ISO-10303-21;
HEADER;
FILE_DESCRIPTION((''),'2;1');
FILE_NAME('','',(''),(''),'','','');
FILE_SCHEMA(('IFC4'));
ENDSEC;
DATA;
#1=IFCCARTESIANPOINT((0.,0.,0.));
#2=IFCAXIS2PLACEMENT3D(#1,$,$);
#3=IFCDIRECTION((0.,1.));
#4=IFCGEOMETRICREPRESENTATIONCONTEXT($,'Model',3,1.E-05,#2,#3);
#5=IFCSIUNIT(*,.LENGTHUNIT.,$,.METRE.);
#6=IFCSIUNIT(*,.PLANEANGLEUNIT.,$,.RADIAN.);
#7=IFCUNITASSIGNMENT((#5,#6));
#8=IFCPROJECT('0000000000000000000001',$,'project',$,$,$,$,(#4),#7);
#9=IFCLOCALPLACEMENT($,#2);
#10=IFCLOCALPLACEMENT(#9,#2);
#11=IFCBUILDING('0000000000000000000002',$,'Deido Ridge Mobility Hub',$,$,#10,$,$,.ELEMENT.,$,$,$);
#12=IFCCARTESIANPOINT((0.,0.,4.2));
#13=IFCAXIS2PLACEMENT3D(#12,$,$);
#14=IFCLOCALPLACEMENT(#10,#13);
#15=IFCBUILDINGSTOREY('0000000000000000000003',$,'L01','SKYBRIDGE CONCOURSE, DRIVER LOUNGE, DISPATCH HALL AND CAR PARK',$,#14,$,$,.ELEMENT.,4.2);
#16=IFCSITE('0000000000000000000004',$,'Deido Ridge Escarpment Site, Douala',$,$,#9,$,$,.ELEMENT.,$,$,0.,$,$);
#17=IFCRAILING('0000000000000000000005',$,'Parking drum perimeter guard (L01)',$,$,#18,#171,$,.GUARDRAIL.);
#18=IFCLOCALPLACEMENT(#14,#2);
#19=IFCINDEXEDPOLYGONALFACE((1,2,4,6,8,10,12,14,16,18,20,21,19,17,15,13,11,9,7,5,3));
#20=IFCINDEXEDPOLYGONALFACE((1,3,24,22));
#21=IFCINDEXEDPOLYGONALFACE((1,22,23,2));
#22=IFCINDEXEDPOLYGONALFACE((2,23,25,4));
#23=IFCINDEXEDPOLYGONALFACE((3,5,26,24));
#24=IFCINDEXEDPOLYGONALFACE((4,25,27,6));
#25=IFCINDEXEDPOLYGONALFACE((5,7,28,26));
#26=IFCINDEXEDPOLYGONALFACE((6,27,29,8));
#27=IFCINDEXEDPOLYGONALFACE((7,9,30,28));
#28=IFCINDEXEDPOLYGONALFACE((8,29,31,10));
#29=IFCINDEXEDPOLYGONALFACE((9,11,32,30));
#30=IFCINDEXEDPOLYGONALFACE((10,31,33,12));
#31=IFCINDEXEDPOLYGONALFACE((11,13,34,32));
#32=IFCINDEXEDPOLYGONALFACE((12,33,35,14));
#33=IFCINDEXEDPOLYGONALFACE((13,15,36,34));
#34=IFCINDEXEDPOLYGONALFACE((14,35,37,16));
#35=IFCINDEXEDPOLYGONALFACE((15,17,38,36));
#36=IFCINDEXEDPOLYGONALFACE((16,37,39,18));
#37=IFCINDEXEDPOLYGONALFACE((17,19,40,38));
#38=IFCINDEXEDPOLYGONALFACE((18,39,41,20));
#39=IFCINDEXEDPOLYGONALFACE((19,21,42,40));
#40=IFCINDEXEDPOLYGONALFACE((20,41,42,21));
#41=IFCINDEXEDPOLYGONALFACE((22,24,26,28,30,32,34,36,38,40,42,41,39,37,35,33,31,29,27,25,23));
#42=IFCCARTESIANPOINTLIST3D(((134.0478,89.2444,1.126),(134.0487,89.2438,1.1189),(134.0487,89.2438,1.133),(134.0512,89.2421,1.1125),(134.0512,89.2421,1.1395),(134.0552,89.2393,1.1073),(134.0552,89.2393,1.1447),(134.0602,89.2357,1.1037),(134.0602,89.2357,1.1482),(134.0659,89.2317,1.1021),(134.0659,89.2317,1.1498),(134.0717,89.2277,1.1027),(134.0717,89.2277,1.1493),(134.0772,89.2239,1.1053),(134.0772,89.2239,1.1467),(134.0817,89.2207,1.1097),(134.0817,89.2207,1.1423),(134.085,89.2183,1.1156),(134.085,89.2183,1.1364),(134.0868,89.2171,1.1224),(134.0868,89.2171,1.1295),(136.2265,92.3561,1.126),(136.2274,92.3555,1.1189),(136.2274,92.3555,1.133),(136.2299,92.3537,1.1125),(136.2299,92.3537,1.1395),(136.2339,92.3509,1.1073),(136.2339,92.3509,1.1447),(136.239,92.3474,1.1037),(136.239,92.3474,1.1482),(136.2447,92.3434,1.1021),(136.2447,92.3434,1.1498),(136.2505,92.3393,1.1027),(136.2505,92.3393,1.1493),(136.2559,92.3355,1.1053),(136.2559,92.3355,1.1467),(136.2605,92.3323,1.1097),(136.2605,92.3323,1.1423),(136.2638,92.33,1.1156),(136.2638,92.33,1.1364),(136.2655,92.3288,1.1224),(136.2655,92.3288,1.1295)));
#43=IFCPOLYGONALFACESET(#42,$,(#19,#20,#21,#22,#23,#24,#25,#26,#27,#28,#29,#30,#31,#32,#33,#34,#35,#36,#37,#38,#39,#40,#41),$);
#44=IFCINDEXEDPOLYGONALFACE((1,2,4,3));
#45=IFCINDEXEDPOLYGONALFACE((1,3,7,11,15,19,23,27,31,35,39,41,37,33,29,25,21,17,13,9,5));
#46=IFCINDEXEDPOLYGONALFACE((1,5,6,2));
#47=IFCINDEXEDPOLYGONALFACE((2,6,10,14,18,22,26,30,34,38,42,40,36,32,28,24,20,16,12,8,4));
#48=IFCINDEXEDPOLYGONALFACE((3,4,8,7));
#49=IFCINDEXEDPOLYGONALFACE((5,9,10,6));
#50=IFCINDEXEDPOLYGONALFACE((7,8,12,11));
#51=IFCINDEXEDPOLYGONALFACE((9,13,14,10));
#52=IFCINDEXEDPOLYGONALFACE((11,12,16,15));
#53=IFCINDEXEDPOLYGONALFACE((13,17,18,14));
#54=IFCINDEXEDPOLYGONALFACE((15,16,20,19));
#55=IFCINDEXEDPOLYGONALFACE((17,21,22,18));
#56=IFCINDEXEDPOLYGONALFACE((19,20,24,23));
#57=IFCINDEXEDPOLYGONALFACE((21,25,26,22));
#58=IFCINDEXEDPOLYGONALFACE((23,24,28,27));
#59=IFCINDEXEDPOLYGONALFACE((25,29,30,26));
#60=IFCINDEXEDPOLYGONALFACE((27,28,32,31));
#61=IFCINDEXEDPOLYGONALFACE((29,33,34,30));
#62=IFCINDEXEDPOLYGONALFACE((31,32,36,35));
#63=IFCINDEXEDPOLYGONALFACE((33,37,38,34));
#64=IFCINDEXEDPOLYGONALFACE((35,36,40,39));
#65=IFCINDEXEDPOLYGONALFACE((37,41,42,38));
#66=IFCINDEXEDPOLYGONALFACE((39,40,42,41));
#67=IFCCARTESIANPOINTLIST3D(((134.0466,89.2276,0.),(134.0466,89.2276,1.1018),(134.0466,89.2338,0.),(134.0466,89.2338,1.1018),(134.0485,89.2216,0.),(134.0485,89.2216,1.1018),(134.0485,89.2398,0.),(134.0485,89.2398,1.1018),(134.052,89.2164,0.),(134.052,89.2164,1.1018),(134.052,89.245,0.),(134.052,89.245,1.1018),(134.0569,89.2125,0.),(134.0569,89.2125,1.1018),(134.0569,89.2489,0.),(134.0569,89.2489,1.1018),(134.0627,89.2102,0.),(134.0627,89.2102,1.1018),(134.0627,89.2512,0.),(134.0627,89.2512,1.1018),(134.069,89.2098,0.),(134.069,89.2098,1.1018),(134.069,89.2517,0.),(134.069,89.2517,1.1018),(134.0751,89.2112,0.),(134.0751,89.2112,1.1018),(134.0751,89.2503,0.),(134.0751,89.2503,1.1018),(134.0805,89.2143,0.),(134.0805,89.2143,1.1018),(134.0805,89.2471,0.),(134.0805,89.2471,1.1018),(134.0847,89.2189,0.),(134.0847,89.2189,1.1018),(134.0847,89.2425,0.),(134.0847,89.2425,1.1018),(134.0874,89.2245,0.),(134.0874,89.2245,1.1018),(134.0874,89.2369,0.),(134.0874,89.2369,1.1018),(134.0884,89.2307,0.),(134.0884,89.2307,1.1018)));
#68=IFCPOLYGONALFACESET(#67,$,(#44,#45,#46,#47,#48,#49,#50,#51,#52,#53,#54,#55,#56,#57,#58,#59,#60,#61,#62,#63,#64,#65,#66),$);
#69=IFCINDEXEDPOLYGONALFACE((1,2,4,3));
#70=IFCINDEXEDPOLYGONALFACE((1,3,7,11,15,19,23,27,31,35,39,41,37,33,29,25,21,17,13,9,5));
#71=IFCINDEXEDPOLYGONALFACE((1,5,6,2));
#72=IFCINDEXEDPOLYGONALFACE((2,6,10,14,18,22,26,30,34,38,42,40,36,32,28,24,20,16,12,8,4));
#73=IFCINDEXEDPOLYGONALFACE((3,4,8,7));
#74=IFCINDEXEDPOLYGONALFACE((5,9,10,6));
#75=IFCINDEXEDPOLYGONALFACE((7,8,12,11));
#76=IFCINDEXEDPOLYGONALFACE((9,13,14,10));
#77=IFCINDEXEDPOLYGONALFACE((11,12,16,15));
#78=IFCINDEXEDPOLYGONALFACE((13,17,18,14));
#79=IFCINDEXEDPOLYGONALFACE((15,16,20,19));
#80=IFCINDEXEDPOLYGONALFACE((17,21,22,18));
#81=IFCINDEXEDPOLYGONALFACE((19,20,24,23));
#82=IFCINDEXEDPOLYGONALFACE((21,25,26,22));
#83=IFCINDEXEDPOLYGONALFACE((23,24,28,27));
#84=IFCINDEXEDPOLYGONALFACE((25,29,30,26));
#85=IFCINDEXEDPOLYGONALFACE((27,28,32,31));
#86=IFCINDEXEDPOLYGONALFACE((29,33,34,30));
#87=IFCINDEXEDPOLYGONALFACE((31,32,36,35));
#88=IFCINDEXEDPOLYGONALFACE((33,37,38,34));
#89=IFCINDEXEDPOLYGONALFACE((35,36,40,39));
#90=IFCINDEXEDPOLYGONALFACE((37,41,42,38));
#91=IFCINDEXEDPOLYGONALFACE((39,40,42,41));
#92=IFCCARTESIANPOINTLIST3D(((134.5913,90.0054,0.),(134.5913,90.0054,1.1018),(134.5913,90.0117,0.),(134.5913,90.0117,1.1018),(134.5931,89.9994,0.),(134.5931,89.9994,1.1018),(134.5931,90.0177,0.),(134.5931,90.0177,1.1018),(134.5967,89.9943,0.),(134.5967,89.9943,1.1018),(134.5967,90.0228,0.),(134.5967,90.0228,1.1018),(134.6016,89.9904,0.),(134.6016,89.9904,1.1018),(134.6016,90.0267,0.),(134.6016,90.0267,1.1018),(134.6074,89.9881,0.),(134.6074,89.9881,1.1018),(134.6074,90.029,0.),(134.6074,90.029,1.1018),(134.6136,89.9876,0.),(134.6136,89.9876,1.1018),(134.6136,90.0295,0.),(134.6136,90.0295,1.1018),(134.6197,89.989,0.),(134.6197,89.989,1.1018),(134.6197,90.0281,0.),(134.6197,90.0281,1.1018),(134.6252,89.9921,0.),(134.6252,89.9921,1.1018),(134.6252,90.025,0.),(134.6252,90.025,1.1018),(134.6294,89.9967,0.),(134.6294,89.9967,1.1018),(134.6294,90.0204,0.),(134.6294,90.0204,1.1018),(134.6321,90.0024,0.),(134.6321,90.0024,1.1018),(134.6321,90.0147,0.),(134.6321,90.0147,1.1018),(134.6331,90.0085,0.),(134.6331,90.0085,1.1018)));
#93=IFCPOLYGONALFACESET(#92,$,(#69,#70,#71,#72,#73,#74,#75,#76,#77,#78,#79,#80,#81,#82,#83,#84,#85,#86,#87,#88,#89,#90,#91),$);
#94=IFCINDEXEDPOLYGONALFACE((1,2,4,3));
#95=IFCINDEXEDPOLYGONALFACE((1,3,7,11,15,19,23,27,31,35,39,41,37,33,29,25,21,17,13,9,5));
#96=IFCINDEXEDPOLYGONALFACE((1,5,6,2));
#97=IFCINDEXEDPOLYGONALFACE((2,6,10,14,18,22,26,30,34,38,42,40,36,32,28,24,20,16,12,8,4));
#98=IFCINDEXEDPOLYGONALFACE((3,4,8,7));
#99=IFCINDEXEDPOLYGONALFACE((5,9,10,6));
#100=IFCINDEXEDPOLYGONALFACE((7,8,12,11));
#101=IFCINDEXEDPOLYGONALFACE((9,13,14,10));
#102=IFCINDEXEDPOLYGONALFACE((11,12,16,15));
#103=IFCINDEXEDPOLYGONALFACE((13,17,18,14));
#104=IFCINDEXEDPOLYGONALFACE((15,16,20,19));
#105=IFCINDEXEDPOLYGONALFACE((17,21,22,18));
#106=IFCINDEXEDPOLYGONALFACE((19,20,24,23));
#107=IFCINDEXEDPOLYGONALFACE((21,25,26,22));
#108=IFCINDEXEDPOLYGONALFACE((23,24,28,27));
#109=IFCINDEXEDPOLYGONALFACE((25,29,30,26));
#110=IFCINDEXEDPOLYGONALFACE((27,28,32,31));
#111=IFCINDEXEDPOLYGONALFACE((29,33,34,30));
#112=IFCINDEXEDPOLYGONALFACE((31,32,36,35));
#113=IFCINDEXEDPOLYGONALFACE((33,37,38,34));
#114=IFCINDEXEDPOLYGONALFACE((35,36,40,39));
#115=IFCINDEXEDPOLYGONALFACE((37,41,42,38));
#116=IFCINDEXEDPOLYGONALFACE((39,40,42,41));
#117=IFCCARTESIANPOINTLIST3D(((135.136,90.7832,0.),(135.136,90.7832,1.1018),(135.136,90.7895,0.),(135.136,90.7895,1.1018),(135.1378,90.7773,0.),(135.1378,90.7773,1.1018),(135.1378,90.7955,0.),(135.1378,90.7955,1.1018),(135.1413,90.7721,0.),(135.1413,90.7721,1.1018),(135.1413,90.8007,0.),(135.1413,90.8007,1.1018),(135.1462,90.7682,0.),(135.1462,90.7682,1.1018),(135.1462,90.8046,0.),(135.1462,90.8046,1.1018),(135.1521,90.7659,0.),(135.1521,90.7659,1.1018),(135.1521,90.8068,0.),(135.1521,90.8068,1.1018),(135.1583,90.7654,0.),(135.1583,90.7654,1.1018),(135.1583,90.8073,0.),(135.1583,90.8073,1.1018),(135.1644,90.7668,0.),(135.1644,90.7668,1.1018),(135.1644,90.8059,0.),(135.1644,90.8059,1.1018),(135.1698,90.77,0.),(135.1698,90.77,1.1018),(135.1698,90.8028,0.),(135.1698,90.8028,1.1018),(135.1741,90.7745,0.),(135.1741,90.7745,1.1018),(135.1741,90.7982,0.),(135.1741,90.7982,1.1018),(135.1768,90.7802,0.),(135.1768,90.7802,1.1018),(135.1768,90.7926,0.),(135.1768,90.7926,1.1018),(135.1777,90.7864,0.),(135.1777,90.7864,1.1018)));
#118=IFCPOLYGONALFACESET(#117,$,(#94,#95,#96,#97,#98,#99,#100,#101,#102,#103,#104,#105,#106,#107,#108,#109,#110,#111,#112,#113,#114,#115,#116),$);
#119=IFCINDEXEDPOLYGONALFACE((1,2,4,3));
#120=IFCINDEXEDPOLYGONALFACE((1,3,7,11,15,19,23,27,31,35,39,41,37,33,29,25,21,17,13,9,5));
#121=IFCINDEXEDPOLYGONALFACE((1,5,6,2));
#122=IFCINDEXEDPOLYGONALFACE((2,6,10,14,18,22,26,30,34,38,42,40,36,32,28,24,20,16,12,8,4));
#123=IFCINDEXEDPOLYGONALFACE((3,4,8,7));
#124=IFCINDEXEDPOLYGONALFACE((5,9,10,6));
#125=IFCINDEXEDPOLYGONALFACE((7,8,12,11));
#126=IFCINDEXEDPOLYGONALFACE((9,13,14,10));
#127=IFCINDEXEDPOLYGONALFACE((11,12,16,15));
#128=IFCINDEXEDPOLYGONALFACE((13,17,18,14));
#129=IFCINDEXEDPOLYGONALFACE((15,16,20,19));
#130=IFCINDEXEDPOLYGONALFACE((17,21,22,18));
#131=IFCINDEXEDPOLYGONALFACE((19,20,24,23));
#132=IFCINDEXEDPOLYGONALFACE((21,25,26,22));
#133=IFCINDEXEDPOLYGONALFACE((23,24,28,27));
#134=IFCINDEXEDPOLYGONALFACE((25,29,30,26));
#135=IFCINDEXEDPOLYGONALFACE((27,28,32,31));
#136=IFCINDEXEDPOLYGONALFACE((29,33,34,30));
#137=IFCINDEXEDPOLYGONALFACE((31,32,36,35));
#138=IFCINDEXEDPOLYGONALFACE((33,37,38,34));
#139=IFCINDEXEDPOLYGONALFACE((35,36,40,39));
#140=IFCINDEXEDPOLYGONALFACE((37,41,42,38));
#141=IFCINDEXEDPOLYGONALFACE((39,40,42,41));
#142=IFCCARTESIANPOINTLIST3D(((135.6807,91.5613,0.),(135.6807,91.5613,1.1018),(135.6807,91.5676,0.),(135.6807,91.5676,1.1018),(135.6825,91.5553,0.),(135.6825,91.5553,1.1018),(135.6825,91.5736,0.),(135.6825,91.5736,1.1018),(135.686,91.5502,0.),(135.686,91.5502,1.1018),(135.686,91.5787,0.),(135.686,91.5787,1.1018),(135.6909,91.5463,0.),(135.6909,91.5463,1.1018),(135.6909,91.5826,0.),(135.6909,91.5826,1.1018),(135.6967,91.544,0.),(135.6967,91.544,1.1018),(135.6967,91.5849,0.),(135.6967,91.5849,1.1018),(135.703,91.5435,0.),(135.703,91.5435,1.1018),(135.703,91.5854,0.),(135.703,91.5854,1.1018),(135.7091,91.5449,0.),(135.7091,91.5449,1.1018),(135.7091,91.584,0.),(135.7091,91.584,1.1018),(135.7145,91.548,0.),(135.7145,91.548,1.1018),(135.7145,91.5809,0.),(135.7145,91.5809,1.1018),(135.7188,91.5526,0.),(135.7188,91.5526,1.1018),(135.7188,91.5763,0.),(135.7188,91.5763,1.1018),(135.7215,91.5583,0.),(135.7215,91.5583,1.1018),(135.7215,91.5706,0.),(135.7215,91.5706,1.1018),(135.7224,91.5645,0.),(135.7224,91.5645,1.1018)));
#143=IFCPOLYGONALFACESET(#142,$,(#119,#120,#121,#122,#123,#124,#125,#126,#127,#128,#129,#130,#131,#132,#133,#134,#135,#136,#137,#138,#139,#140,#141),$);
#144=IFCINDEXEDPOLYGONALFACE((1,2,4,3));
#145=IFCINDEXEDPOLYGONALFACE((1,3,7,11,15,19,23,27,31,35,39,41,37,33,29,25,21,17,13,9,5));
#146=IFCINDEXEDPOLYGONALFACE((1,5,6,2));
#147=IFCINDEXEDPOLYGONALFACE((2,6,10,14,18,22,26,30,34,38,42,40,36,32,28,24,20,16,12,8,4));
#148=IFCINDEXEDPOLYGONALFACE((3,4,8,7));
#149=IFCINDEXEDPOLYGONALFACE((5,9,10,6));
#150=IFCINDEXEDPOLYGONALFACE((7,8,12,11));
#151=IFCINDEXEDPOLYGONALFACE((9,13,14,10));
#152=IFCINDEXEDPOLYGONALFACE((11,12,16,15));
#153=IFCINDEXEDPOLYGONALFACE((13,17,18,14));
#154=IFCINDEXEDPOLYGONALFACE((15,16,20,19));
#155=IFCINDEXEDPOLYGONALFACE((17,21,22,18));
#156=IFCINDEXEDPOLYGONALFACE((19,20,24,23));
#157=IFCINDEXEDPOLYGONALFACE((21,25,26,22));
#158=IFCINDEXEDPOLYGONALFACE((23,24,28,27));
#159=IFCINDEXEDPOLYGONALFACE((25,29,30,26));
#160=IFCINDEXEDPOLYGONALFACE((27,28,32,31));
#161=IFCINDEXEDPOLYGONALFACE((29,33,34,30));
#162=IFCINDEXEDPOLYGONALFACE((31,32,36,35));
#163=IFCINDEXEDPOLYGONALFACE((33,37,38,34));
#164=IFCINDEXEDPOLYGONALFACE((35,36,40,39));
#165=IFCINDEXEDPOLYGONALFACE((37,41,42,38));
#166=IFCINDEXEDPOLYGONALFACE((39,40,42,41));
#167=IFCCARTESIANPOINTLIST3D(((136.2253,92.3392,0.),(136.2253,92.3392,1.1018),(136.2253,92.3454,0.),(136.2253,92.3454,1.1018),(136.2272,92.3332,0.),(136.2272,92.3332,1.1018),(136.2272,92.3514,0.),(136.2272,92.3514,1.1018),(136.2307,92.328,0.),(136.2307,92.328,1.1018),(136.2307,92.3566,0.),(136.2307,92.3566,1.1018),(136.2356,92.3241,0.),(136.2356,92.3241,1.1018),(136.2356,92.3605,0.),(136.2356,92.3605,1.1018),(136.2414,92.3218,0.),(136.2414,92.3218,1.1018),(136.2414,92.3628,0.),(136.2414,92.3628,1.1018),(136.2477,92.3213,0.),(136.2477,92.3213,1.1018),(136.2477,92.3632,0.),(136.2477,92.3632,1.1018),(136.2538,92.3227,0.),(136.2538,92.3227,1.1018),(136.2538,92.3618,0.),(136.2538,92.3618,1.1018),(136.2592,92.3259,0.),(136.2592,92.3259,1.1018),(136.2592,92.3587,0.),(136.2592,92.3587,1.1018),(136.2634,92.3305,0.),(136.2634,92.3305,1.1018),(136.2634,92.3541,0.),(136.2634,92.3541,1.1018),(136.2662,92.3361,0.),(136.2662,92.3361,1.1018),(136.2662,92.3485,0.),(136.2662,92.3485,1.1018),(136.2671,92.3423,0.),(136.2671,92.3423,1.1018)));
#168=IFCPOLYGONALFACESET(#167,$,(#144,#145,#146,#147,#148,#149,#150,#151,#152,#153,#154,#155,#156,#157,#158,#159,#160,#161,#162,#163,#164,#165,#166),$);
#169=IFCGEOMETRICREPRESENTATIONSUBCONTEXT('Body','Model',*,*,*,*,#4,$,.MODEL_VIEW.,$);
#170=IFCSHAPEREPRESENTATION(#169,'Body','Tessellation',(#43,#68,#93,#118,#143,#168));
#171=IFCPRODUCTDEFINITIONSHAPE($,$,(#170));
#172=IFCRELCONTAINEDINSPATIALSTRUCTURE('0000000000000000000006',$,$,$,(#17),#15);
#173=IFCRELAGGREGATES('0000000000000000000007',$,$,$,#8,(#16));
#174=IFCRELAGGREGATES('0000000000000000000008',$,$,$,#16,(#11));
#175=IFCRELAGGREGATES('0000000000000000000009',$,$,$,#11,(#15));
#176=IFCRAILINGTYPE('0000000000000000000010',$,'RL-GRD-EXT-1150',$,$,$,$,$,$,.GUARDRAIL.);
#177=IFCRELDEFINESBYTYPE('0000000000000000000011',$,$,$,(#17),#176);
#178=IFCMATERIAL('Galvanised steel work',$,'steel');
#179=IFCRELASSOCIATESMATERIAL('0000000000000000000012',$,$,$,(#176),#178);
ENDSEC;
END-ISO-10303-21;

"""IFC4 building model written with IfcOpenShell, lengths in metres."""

from ifc_helpers import new_model, si_unit, direction, frame, origin, origin_2d, place, context, subcontext, project, spatial, circle, extrude, material, type_object, element, save


model = new_model("IFC4")

# Units and contexts
model_context = context("Model", 3, precision=1e-05, world=origin(), true_north=direction((0.0, 1.0)))
body_context = subcontext(model_context, "Body", "Model", "MODEL_VIEW")
ifc_project = project(units=[si_unit("LENGTHUNIT", "METRE"), si_unit("PLANEANGLEUNIT", "RADIAN")], contexts=[model_context])

# Site, building, storey
site_placement = place(None, origin())
site = spatial("IfcSite", under=ifc_project, at=site_placement, Name="Deido Ridge Escarpment Site, Douala", CompositionType="ELEMENT", RefElevation=0.0)
building_placement = place(site_placement, origin())
building = spatial("IfcBuilding", under=site, at=building_placement, Name="Deido Ridge Mobility Hub", CompositionType="ELEMENT")
storey_placement = place(building_placement, frame((0.0, 0.0, 4.2)))
storey = spatial("IfcBuildingStorey", under=building, at=storey_placement, Name="L01", Description="SKYBRIDGE CONCOURSE, DRIVER LOUNGE, DISPATCH HALL AND CAR PARK", CompositionType="ELEMENT", Elevation=4.2)

# Railing
ifc_material_1 = material(Name="Galvanised steel work", Category="steel")
railing_type = type_object("IfcRailingType", Name="RL-GRD-EXT-1150", PredefinedType="GUARDRAIL", material=ifc_material_1)
railing_1_placement = place(storey_placement, frame((134.0674, 89.2307, 0.0)))
element("IfcRailing", 1, at=railing_1_placement, inside=storey, type_object=railing_type, Name="Parking drum perimeter guard (L01)", PredefinedType="GUARDRAIL", context=body_context, shape_type="SweptSolid", body=[
    extrude(circle(Radius=0.0239, at=origin_2d()), frame((0.0, 0.0, 1.126), z_axis=(0.57357, 0.819156, 0.0), x_axis=(-0.819156, 0.57357, 0.0)), (0.0, 0.0, 1.0), 3.7986),
    extrude(circle(Radius=0.021, at=origin_2d()), origin(), (0.0, 0.0, 1.0), 1.1018),
    extrude(circle(Radius=0.021, at=origin_2d()), frame((0.5447, 0.7778, 0.0)), (0.0, 0.0, 1.0), 1.1018),
    extrude(circle(Radius=0.021, at=origin_2d()), frame((1.0894, 1.5557, 0.0)), (0.0, 0.0, 1.0), 1.1018),
    extrude(circle(Radius=0.021, at=origin_2d()), frame((1.634, 2.3337, 0.0)), (0.0, 0.0, 1.0), 1.1018),
    extrude(circle(Radius=0.021, at=origin_2d()), frame((2.1787, 3.1116, 0.0)), (0.0, 0.0, 1.0), 1.1018),
])

save(model, "model.ifc")
